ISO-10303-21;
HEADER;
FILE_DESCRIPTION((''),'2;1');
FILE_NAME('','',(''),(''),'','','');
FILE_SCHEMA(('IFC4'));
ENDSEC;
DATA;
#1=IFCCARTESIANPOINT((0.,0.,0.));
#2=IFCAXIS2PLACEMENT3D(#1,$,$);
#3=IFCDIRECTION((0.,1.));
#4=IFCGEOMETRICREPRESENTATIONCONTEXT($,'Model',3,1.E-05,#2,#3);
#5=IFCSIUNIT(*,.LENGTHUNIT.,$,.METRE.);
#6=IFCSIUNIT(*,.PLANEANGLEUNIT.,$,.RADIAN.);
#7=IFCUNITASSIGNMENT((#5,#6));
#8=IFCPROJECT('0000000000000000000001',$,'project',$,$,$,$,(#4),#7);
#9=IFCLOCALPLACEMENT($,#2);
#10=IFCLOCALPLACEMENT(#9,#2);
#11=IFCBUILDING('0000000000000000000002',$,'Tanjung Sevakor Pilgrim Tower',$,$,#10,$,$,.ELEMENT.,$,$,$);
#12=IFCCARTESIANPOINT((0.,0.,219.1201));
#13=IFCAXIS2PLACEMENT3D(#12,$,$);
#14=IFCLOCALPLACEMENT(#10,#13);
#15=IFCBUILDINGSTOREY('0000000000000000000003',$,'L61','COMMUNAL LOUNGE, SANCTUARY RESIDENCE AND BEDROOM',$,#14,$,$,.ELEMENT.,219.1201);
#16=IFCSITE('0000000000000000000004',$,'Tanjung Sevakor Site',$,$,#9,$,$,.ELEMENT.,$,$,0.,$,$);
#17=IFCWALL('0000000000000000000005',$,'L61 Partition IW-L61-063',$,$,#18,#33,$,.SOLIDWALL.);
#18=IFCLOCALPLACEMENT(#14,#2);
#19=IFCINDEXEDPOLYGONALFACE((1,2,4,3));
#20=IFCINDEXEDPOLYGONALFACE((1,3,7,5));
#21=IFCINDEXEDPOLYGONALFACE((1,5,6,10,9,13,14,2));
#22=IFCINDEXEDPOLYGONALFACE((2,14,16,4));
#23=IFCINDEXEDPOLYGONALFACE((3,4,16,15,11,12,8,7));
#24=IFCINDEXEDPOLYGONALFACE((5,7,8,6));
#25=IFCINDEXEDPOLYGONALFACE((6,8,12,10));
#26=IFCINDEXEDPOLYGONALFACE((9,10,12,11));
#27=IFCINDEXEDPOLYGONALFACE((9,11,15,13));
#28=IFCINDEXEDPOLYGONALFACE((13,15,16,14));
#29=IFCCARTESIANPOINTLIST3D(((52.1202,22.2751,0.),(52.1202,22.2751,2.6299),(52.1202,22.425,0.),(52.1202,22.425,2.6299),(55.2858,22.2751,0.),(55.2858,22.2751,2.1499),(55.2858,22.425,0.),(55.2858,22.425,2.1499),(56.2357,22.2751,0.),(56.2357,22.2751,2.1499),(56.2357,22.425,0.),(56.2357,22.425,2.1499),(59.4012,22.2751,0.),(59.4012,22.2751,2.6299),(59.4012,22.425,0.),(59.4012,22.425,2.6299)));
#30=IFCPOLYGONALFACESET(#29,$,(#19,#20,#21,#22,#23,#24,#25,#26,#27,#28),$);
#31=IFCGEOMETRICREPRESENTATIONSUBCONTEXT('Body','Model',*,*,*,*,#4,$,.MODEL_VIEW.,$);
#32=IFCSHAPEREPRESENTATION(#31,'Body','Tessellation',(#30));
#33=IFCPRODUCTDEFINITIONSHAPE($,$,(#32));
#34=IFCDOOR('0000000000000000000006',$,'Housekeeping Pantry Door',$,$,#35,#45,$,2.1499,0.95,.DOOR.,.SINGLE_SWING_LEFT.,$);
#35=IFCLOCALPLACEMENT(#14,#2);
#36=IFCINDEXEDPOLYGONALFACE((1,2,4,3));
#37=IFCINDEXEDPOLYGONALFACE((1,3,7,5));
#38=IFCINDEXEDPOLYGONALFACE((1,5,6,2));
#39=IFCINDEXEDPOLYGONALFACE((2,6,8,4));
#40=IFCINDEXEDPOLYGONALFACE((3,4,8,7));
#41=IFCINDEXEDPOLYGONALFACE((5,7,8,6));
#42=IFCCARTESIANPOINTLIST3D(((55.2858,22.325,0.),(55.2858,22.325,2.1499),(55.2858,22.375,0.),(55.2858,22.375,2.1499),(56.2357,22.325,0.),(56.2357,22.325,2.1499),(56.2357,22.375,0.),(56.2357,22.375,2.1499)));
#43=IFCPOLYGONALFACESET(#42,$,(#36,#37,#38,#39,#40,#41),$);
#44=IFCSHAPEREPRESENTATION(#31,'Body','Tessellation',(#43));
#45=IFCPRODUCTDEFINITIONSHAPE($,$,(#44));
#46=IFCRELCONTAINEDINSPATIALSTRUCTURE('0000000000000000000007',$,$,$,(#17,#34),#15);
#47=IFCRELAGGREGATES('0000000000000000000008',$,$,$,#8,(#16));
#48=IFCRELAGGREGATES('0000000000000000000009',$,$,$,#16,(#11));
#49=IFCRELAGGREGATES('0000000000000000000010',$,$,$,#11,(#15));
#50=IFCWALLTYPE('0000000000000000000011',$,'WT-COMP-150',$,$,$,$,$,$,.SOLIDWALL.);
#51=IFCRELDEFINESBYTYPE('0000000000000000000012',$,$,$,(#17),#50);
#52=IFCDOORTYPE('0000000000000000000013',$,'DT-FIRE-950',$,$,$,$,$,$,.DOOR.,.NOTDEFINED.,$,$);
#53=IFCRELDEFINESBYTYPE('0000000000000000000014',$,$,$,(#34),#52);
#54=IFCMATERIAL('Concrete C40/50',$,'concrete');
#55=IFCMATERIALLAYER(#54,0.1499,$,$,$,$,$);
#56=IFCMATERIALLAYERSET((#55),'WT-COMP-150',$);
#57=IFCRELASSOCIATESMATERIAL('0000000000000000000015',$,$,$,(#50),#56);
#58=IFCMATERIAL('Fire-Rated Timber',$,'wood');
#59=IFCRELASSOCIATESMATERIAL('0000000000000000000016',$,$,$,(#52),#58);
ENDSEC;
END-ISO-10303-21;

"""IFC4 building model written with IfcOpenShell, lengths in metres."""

from ifc_helpers import new_model, si_unit, direction, frame, frame_2d, origin, place, context, subcontext, project, spatial, rectangle, extrude, material, layer, layer_set, type_object, element, fill, save


model = new_model("IFC4")

# Units and contexts
model_context = context("Model", 3, precision=1e-05, world=origin(), true_north=direction((0.0, 1.0)))
body_context = subcontext(model_context, "Body", "Model", "MODEL_VIEW")
ifc_project = project(units=[si_unit("LENGTHUNIT", "METRE"), si_unit("PLANEANGLEUNIT", "RADIAN")], contexts=[model_context])

# Site, building, storey
site_placement = place(None, origin())
site = spatial("IfcSite", under=ifc_project, at=site_placement, Name="Tanjung Sevakor Site", CompositionType="ELEMENT", RefElevation=0.0)
building_placement = place(site_placement, origin())
building = spatial("IfcBuilding", under=site, at=building_placement, Name="Tanjung Sevakor Pilgrim Tower", CompositionType="ELEMENT")
storey_placement = place(building_placement, frame((0.0, 0.0, 219.1201)))
storey = spatial("IfcBuildingStorey", under=building, at=storey_placement, Name="L61", Description="COMMUNAL LOUNGE, SANCTUARY RESIDENCE AND BEDROOM", CompositionType="ELEMENT", Elevation=219.1201)

# Shared definitions
ifc_material_1 = material(Name="Concrete C40/50", Category="concrete")
ifc_layer = layer(ifc_material_1, 0.1499)
ifc_layer_set = layer_set([ifc_layer], Name="WT-COMP-150")
wall_type = type_object("IfcWallType", Name="WT-COMP-150", PredefinedType="SOLIDWALL", material=ifc_layer_set)

# Wall, opening, door
wall_1_placement = place(storey_placement, frame((52.1201, 22.3501, 0.0), z_axis=(0.0, 0.0, 1.0), x_axis=(1.0, 0.0, 0.0)))
wall_1 = element("IfcWall", 1, at=wall_1_placement, inside=storey, type_object=wall_type, Name="L61 Partition IW-L61-063", PredefinedType="SOLIDWALL", context=body_context, shape_type="SweptSolid", body=[
    extrude(rectangle(XDim=7.281, YDim=0.1499, at=frame_2d((3.6406, 0.0))), origin(), (0.0, 0.0, 1.0), 2.6299),
])
opening_1_placement = place(wall_1_placement, frame((3.1655, 0.0, 0.0)))
opening_1 = element("IfcOpeningElement", 2, at=opening_1_placement, cuts=wall_1, PredefinedType="OPENING", context=body_context, shape_type="SweptSolid", body=[
    extrude(rectangle(XDim=0.95, YDim=2.1499, at=frame_2d((0.4751, 1.075))), frame((0.0, 0.085, 0.0), z_axis=(0.0, -1.0, 0.0), x_axis=(1.0, 0.0, 0.0)), (0.0, 0.0, 1.0), 0.1699),
])
ifc_material_2 = material(Name="Fire-Rated Timber", Category="wood")
door_type_1 = type_object("IfcDoorType", Name="DT-FIRE-950", OperationType="NOTDEFINED", PredefinedType="DOOR", material=ifc_material_2)
door_1_placement = place(opening_1_placement, origin())
door_1 = element("IfcDoor", 3, at=door_1_placement, inside=storey, type_object=door_type_1, Name="Housekeeping Pantry Door", OperationType="SINGLE_SWING_LEFT", OverallHeight=2.1499, OverallWidth=0.95, PredefinedType="DOOR", context=body_context, shape_type="SweptSolid", body=[
    extrude(rectangle(XDim=0.95, YDim=2.1499, at=frame_2d((0.4751, 1.075))), frame((0.0, 0.0249, 0.0), z_axis=(0.0, -1.0, 0.0), x_axis=(1.0, 0.0, 0.0)), (0.0, 0.0, 1.0), 0.05),
])
fill(opening_1, door_1)

save(model, "model.ifc")
